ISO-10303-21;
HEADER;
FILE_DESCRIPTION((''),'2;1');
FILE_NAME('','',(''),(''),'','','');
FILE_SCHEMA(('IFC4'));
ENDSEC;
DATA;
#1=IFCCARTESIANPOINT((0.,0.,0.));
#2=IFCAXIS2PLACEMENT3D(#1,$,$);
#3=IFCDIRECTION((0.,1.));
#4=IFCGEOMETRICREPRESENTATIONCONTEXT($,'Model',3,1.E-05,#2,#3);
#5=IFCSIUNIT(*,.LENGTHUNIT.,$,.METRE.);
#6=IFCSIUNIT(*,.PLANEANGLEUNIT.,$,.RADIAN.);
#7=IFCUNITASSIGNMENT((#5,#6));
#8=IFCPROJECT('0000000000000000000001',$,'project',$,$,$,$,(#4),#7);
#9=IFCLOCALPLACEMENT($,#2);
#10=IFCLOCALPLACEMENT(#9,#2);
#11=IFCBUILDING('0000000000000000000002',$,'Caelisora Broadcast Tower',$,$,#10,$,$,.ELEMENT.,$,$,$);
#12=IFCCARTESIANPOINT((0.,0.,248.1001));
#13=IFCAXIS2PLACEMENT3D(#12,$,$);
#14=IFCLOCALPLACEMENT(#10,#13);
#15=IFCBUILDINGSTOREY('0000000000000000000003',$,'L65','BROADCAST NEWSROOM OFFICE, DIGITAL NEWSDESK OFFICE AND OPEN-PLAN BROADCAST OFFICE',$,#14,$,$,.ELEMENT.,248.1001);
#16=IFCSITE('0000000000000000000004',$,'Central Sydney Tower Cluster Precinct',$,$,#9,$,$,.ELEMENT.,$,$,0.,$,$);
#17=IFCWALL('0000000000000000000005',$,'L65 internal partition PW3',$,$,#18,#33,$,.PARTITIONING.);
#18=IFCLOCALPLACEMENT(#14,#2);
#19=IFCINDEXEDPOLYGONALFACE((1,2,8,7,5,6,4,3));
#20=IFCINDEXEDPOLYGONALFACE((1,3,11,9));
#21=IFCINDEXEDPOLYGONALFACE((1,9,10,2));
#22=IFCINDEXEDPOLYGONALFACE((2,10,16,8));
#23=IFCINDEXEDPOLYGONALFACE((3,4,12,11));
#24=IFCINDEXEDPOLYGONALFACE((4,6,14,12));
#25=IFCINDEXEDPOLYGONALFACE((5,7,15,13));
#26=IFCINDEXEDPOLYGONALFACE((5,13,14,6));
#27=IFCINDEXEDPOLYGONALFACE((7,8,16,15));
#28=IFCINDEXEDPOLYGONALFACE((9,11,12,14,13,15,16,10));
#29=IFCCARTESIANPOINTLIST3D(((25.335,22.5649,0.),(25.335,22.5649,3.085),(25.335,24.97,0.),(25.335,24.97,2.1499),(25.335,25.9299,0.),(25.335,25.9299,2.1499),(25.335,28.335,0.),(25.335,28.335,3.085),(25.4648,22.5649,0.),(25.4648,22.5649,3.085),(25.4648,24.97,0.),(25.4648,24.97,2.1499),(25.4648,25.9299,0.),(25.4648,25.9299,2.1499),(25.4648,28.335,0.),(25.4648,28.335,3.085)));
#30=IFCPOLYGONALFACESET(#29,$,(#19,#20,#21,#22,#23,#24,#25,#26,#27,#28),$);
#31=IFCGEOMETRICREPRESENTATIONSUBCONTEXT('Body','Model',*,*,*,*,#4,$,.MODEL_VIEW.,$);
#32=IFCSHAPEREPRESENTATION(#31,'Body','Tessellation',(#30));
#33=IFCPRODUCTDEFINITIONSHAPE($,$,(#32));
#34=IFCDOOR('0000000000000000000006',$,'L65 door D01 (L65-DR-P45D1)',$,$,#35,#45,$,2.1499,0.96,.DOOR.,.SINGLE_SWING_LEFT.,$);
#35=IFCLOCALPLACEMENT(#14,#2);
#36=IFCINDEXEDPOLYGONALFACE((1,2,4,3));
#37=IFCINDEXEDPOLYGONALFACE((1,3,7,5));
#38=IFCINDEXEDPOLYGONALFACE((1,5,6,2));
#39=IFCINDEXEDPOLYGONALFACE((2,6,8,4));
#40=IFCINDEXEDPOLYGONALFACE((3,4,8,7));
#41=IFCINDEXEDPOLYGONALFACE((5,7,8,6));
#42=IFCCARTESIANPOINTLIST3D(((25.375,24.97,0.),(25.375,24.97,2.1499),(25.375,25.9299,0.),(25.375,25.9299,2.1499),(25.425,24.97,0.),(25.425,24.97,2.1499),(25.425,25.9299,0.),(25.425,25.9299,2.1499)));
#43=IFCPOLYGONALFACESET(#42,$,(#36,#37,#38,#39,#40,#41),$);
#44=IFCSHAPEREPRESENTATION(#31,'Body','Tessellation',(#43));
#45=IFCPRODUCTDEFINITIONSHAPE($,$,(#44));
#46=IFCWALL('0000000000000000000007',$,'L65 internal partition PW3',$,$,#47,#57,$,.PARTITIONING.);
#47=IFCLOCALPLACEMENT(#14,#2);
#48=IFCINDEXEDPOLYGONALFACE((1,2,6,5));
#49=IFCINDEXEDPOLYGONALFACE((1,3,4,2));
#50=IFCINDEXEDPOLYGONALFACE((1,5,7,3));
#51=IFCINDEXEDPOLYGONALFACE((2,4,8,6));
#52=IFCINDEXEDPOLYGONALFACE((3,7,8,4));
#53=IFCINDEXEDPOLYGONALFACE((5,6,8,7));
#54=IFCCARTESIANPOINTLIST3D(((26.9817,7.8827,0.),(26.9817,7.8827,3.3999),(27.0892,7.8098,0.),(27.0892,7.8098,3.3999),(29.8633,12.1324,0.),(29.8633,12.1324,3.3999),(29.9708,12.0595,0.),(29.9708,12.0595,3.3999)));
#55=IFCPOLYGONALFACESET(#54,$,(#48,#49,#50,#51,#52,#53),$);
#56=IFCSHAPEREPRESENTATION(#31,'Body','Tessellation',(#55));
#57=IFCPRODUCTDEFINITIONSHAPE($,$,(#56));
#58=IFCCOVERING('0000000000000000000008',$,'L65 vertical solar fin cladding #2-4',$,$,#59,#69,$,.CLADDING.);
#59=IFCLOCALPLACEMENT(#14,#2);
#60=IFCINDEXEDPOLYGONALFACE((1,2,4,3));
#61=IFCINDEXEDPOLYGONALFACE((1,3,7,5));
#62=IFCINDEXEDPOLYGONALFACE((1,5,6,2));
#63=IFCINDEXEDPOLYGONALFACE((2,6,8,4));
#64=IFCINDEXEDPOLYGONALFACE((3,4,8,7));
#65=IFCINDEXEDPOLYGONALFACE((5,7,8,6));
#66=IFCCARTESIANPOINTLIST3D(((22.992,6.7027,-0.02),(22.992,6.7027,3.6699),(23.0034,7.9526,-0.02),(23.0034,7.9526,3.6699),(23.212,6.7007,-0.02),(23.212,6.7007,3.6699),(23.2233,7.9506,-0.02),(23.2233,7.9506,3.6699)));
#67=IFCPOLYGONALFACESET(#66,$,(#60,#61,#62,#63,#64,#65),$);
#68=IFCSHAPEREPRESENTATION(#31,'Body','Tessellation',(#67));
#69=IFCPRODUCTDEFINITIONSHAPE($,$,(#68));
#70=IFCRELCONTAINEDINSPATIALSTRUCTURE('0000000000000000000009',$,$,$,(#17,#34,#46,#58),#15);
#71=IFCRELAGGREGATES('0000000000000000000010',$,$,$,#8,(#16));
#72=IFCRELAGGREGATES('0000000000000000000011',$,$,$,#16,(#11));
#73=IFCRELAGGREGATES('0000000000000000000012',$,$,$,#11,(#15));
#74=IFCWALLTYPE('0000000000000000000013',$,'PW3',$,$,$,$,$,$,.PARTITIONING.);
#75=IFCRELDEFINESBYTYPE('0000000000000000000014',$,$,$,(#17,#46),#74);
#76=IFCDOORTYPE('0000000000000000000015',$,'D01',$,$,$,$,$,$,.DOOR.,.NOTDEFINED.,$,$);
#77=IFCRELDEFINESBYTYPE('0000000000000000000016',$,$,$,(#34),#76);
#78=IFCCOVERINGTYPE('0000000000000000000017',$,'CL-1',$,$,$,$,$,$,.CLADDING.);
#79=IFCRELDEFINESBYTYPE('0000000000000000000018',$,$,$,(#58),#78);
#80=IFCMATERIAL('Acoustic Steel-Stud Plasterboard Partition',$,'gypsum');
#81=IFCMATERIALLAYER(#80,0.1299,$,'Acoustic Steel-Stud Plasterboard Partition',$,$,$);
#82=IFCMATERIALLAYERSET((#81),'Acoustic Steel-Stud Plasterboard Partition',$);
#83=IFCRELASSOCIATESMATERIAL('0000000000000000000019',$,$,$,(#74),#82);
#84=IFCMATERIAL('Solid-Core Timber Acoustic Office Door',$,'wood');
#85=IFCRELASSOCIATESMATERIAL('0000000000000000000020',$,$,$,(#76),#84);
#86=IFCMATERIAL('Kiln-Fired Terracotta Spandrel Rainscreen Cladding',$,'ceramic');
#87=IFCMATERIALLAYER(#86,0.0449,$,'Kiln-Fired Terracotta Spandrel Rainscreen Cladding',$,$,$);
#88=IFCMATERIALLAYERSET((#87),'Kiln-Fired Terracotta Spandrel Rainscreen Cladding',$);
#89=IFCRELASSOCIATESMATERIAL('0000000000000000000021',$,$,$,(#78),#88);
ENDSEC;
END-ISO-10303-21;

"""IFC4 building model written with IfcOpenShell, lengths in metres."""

from ifc_helpers import new_model, si_unit, direction, frame, frame_2d, origin, origin_2d, place, context, subcontext, project, spatial, rectangle, extrude, source, transform, mapped, material, layer, layer_set, type_object, type_shapes, element, fill, save


model = new_model("IFC4")

# Units and contexts
model_context = context("Model", 3, precision=1e-05, world=origin(), true_north=direction((0.0, 1.0)))
body_context = subcontext(model_context, "Body", "Model", "MODEL_VIEW")
ifc_project = project(units=[si_unit("LENGTHUNIT", "METRE"), si_unit("PLANEANGLEUNIT", "RADIAN")], contexts=[model_context])

# Site, building, storey
site_placement = place(None, origin())
site = spatial("IfcSite", under=ifc_project, at=site_placement, Name="Central Sydney Tower Cluster Precinct", CompositionType="ELEMENT", RefElevation=0.0)
building_placement = place(site_placement, origin())
building = spatial("IfcBuilding", under=site, at=building_placement, Name="Caelisora Broadcast Tower", CompositionType="ELEMENT")
storey_placement = place(building_placement, frame((0.0, 0.0, 248.1001)))
storey = spatial("IfcBuildingStorey", under=building, at=storey_placement, Name="L65", Description="BROADCAST NEWSROOM OFFICE, DIGITAL NEWSDESK OFFICE AND OPEN-PLAN BROADCAST OFFICE", CompositionType="ELEMENT", Elevation=248.1001)

# Shared definitions
ifc_material_1 = material(Name="Acoustic Steel-Stud Plasterboard Partition", Category="gypsum")
ifc_layer_1 = layer(ifc_material_1, 0.1299, Name="Acoustic Steel-Stud Plasterboard Partition")
ifc_layer_set_1 = layer_set([ifc_layer_1], Name="Acoustic Steel-Stud Plasterboard Partition")
wall_type = type_object("IfcWallType", Name="PW3", PredefinedType="PARTITIONING", material=ifc_layer_set_1)
ifc_material_2 = material(Name="Solid-Core Timber Acoustic Office Door", Category="wood")
door_type = type_object("IfcDoorType", Name="D01", OperationType="NOTDEFINED", PredefinedType="DOOR", material=ifc_material_2)

# Wall, opening, door
wall_1_placement = place(storey_placement, frame((25.3999, 22.5649, 0.0), z_axis=(0.0, 0.0, 1.0), x_axis=(0.0, 1.0, 0.0)))
wall_1 = element("IfcWall", 1, at=wall_1_placement, inside=storey, type_object=wall_type, Name="L65 internal partition PW3", PredefinedType="PARTITIONING", context=body_context, shape_type="SweptSolid", body=[
    extrude(rectangle(XDim=5.77, YDim=0.1299, at=frame_2d((2.885, 0.0))), origin(), (0.0, 0.0, 1.0), 3.085),
])
opening_1_placement = place(wall_1_placement, frame((2.405, 0.0, 0.0)))
opening_1 = element("IfcOpeningElement", 2, at=opening_1_placement, cuts=wall_1, PredefinedType="OPENING", context=body_context, shape_type="SweptSolid", body=[
    extrude(rectangle(XDim=0.96, YDim=2.1499, at=frame_2d((0.48, 1.075))), frame((0.0, 0.0769, 0.0), z_axis=(0.0, -1.0, 0.0), x_axis=(1.0, 0.0, 0.0)), (0.0, 0.0, 1.0), 0.1538),
])
door_1_placement = place(opening_1_placement, origin())
door_1 = element("IfcDoor", 3, at=door_1_placement, inside=storey, type_object=door_type, Name="L65 door D01 (L65-DR-P45D1)", OperationType="SINGLE_SWING_LEFT", OverallHeight=2.1499, OverallWidth=0.96, PredefinedType="DOOR", context=body_context, shape_type="SweptSolid", body=[
    extrude(rectangle(XDim=0.96, YDim=2.1499, at=frame_2d((0.48, 1.075))), frame((0.0, 0.0249, 0.0), z_axis=(0.0, -1.0, 0.0), x_axis=(1.0, 0.0, 0.0)), (0.0, 0.0, 1.0), 0.05),
])
fill(opening_1, door_1)

# Wall
wall_2_placement = place(storey_placement, frame((27.0354, 7.8462, 0.0), z_axis=(0.0, 0.0, 1.0), x_axis=(0.561212, 0.827672, 0.0)))
element("IfcWall", 4, at=wall_2_placement, inside=storey, type_object=wall_type, Name="L65 internal partition PW3", PredefinedType="PARTITIONING", context=body_context, shape_type="SweptSolid", body=[
    extrude(rectangle(XDim=5.1345, YDim=0.1299, at=frame_2d((2.5674, 0.0))), origin(), (0.0, 0.0, 1.0), 3.3999),
])

# Covering
ifc_material_3 = material(Name="Kiln-Fired Terracotta Spandrel Rainscreen Cladding", Category="ceramic")
ifc_layer_2 = layer(ifc_material_3, 0.0449, Name="Kiln-Fired Terracotta Spandrel Rainscreen Cladding")
ifc_layer_set_2 = layer_set([ifc_layer_2], Name="Kiln-Fired Terracotta Spandrel Rainscreen Cladding")
covering_type = type_object("IfcCoveringType", Name="CL-1", PredefinedType="CLADDING", material=ifc_layer_set_2)
shared_shape_1 = source(origin(), body_context, "Body", "SweptSolid", [
    extrude(rectangle(XDim=0.22, YDim=1.25, at=origin_2d()), origin(), (0.0, 0.0, 1.0), 3.6899),
])
type_shapes(covering_type, [shared_shape_1])
covering_placement = place(storey_placement, frame((23.1077, 7.3267, -0.02), z_axis=(0.0, 0.0, 1.0), x_axis=(-0.999959, 0.009076, 0.0)))
element("IfcCovering", 5, at=covering_placement, inside=storey, type_object=covering_type, Name="L65 vertical solar fin cladding #2-4", PredefinedType="CLADDING", context=body_context, shape_type="MappedRepresentation", body=[
    mapped(shared_shape_1, transform((0.0, 0.0, 0.0), scale=1.0)),
])

save(model, "model.ifc")
